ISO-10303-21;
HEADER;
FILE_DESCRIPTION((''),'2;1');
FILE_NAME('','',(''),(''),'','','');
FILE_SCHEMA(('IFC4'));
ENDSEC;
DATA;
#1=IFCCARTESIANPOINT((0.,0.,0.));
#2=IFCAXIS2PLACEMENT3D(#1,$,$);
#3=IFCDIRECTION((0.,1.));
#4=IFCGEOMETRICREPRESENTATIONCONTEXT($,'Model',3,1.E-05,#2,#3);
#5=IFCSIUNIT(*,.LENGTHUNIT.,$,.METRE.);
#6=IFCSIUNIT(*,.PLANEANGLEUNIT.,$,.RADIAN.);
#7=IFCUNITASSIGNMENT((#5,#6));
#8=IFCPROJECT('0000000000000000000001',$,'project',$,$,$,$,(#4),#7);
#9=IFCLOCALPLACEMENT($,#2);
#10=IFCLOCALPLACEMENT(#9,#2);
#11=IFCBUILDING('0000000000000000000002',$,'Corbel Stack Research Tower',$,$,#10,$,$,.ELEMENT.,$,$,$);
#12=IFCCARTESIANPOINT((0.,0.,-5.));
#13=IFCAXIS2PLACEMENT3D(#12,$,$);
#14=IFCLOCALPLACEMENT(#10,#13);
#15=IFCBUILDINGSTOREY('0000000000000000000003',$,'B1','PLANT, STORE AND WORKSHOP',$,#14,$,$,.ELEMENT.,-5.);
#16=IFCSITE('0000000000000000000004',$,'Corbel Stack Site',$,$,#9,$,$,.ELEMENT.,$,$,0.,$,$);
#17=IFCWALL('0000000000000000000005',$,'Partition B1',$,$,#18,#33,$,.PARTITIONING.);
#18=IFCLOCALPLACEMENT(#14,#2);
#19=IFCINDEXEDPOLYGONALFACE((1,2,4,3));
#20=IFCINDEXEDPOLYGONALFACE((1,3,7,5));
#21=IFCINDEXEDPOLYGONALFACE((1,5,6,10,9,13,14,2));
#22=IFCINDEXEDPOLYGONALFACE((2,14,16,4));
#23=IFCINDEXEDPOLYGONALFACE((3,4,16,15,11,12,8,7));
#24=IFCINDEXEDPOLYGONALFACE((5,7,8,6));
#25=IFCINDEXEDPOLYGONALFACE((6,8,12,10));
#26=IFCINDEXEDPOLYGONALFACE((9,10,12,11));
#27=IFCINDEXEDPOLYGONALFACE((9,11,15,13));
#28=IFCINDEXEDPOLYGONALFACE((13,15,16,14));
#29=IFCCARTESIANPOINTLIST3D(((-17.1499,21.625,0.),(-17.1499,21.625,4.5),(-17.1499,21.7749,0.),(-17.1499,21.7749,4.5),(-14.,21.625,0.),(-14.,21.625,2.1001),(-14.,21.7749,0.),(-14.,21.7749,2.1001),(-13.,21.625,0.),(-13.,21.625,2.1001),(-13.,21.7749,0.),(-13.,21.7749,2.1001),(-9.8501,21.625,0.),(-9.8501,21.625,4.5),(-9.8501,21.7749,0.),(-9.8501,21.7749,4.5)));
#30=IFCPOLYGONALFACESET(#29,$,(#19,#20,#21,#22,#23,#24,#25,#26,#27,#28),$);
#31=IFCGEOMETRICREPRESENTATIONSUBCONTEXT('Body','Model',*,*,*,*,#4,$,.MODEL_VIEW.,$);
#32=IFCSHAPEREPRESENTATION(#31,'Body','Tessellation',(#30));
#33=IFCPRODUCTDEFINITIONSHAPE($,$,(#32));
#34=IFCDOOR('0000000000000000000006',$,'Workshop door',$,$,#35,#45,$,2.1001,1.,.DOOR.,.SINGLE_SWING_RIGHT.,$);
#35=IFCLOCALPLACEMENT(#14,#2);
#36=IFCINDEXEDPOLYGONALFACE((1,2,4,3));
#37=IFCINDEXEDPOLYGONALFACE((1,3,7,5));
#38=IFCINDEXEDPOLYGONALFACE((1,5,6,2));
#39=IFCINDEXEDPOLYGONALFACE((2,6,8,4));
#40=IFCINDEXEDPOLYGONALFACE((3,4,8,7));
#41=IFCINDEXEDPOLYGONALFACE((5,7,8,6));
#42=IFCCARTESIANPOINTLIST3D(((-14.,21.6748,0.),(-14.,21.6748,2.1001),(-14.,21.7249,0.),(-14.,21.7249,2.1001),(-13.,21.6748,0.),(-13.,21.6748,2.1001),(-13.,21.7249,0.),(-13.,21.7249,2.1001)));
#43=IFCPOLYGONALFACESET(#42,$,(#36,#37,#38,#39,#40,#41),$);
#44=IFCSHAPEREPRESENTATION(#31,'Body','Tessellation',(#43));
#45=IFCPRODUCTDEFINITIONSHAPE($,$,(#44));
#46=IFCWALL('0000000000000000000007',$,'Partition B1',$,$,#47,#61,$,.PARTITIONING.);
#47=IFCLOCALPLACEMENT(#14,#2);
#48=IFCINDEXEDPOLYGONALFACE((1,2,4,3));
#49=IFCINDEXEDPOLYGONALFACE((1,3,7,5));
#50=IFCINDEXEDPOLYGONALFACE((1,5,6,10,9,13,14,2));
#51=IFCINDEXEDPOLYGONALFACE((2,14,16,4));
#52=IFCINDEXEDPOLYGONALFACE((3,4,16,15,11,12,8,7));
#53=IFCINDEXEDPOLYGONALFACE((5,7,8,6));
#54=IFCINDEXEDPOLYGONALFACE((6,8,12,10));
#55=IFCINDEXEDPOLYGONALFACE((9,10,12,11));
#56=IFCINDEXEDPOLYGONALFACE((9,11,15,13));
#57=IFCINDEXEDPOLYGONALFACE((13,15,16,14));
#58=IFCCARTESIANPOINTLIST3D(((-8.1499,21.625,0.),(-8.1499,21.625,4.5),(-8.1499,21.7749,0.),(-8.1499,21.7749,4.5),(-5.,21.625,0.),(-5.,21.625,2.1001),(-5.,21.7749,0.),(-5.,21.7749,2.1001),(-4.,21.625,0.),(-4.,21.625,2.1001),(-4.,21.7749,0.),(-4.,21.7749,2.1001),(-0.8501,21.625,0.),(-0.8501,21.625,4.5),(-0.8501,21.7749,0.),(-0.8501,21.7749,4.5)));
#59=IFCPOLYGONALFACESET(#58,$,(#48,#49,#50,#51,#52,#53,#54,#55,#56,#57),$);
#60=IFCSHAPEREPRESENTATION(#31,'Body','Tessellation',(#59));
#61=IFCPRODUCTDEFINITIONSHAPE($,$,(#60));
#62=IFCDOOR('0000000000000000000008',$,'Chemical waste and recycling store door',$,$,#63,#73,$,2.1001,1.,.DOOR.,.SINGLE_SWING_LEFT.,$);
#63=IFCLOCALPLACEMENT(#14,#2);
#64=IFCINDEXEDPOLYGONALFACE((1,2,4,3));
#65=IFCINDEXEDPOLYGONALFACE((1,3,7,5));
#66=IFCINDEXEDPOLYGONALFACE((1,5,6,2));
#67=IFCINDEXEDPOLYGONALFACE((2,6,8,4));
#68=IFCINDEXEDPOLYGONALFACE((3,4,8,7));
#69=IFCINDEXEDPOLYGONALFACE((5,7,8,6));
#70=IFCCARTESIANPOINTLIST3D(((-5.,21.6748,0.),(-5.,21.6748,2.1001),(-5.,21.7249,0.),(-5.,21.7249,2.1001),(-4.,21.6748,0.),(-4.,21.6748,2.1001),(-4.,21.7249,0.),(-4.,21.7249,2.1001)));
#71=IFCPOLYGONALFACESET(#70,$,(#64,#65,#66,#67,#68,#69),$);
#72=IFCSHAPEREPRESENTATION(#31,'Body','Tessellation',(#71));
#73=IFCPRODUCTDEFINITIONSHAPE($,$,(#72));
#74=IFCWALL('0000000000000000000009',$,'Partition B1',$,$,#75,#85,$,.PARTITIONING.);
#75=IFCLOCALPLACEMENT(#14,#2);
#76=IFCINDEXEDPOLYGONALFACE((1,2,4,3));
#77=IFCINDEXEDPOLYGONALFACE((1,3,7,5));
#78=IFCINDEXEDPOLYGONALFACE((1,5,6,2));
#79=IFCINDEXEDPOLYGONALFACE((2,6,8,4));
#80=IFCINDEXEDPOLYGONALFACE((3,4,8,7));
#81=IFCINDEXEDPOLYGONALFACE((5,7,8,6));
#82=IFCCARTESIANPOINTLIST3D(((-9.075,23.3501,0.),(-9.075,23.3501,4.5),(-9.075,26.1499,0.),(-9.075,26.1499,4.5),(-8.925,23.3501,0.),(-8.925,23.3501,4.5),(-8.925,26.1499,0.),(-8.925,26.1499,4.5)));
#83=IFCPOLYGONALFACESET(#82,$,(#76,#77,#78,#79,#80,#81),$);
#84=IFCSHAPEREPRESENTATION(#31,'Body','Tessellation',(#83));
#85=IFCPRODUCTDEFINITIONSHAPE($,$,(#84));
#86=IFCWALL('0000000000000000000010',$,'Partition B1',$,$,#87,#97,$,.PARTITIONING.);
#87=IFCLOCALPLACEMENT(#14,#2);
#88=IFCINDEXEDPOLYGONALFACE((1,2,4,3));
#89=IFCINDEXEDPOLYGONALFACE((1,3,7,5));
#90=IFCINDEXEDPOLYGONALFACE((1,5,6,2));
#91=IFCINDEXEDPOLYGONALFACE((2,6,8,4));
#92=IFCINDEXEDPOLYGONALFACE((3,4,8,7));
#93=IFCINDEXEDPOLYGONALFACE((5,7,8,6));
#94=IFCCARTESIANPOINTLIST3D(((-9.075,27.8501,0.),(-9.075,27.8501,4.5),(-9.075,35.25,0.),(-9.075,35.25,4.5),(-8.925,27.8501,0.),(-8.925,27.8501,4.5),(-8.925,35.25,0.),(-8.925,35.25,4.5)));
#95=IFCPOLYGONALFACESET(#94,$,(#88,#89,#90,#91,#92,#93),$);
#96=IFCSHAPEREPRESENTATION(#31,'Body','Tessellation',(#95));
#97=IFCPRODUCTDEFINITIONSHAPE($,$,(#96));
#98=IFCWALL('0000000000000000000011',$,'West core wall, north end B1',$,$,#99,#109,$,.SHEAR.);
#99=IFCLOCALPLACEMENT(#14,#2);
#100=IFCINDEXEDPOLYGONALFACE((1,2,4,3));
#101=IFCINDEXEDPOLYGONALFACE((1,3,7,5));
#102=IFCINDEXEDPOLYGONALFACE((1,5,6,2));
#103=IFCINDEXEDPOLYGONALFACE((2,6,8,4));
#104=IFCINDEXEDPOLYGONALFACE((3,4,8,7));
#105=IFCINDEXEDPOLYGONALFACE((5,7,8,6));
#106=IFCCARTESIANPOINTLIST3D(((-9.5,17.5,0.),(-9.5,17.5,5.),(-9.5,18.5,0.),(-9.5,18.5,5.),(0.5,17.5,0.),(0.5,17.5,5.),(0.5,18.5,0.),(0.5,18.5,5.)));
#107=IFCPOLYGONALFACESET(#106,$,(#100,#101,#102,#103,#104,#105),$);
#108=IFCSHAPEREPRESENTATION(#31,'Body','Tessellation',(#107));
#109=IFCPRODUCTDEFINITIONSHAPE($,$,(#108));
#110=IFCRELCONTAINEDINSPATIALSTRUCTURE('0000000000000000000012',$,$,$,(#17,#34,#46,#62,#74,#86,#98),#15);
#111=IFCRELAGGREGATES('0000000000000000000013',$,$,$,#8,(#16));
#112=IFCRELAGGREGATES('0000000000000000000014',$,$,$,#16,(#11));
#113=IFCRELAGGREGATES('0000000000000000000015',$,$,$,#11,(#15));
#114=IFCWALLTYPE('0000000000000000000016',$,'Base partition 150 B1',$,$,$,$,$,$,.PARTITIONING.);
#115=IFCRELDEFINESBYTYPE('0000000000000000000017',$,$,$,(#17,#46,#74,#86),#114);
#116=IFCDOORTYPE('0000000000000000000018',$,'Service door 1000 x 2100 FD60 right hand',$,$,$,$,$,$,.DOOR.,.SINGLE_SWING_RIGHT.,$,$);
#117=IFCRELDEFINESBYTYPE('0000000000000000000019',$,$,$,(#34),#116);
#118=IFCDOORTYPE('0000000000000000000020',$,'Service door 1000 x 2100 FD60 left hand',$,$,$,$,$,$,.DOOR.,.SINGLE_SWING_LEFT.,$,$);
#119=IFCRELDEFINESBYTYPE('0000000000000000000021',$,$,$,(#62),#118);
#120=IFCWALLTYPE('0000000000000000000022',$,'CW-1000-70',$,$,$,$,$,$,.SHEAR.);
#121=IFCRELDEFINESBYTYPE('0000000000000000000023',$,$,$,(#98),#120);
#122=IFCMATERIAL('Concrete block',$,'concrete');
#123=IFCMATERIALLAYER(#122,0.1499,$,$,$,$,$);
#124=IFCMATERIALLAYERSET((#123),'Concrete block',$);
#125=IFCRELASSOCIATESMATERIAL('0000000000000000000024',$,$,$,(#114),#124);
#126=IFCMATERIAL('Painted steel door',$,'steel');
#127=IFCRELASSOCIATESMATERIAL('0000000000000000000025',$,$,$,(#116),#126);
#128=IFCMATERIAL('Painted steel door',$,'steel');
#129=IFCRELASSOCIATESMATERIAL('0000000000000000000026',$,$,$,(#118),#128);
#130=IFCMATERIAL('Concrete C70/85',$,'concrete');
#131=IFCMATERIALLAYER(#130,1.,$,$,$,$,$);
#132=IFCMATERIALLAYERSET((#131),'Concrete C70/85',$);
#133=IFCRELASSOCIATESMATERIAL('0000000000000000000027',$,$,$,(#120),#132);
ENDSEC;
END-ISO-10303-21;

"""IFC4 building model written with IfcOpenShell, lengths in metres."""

from ifc_helpers import new_model, si_unit, direction, frame, frame_2d, origin, place, context, subcontext, project, spatial, rectangle, extrude, material, layer, layer_set, type_object, element, fill, save


model = new_model("IFC4")

# Units and contexts
model_context = context("Model", 3, precision=1e-05, world=origin(), true_north=direction((0.0, 1.0)))
body_context = subcontext(model_context, "Body", "Model", "MODEL_VIEW")
ifc_project = project(units=[si_unit("LENGTHUNIT", "METRE"), si_unit("PLANEANGLEUNIT", "RADIAN")], contexts=[model_context])

# Site, building, storey
site_placement = place(None, origin())
site = spatial("IfcSite", under=ifc_project, at=site_placement, Name="Corbel Stack Site", CompositionType="ELEMENT", RefElevation=0.0)
building_placement = place(site_placement, origin())
building = spatial("IfcBuilding", under=site, at=building_placement, Name="Corbel Stack Research Tower", CompositionType="ELEMENT")
storey_placement = place(building_placement, frame((0.0, 0.0, -5.0)))
storey = spatial("IfcBuildingStorey", under=building, at=storey_placement, Name="B1", Description="PLANT, STORE AND WORKSHOP", CompositionType="ELEMENT", Elevation=-5.0)

# Shared definitions
ifc_material_1 = material(Name="Concrete block", Category="concrete")
ifc_layer_1 = layer(ifc_material_1, 0.1499)
ifc_layer_set_1 = layer_set([ifc_layer_1], Name="Concrete block")
wall_type_1 = type_object("IfcWallType", Name="Base partition 150 B1", PredefinedType="PARTITIONING", material=ifc_layer_set_1)

# Walls, openings, doors
wall_1_placement = place(storey_placement, frame((-17.1499, 21.7, 0.0), z_axis=(0.0, 0.0, 1.0), x_axis=(1.0, 0.0, 0.0)))
wall_1 = element("IfcWall", 1, at=wall_1_placement, inside=storey, type_object=wall_type_1, Name="Partition B1", PredefinedType="PARTITIONING", context=body_context, shape_type="SweptSolid", body=[
    extrude(rectangle(XDim=7.2998, YDim=0.1499, at=frame_2d((3.6499, 0.0))), origin(), (0.0, 0.0, 1.0), 4.5),
])
opening_1_placement = place(wall_1_placement, frame((3.1499, 0.0, 0.0)))
opening_1 = element("IfcOpeningElement", 2, at=opening_1_placement, cuts=wall_1, PredefinedType="OPENING", context=body_context, shape_type="SweptSolid", body=[
    extrude(rectangle(XDim=1.0, YDim=2.1001, at=frame_2d((0.5, 1.05))), frame((0.0, 0.085, 0.0), z_axis=(0.0, -1.0, 0.0), x_axis=(1.0, 0.0, 0.0)), (0.0, 0.0, 1.0), 0.1699),
])
ifc_material_2 = material(Name="Painted steel door", Category="steel")
door_type_1 = type_object("IfcDoorType", Name="Service door 1000 x 2100 FD60 right hand", OperationType="SINGLE_SWING_RIGHT", PredefinedType="DOOR", material=ifc_material_2)
door_1_placement = place(opening_1_placement, origin())
door_1 = element("IfcDoor", 3, at=door_1_placement, inside=storey, type_object=door_type_1, Name="Workshop door", OperationType="SINGLE_SWING_RIGHT", OverallHeight=2.1001, OverallWidth=1.0, PredefinedType="DOOR", context=body_context, shape_type="SweptSolid", body=[
    extrude(rectangle(XDim=1.0, YDim=2.1001, at=frame_2d((0.5, 1.05))), frame((0.0, 0.0249, 0.0), z_axis=(0.0, -1.0, 0.0), x_axis=(1.0, 0.0, 0.0)), (0.0, 0.0, 1.0), 0.05),
])
fill(opening_1, door_1)
wall_2_placement = place(storey_placement, frame((-8.1499, 21.7, 0.0), z_axis=(0.0, 0.0, 1.0), x_axis=(1.0, 0.0, 0.0)))
wall_2 = element("IfcWall", 4, at=wall_2_placement, inside=storey, type_object=wall_type_1, Name="Partition B1", PredefinedType="PARTITIONING", context=body_context, shape_type="SweptSolid", body=[
    extrude(rectangle(XDim=7.2998, YDim=0.1499, at=frame_2d((3.6499, 0.0))), origin(), (0.0, 0.0, 1.0), 4.5),
])
opening_2_placement = place(wall_2_placement, frame((3.1499, 0.0, 0.0)))
opening_2 = element("IfcOpeningElement", 5, at=opening_2_placement, cuts=wall_2, PredefinedType="OPENING", context=body_context, shape_type="SweptSolid", body=[
    extrude(rectangle(XDim=1.0, YDim=2.1001, at=frame_2d((0.5, 1.05))), frame((0.0, 0.085, 0.0), z_axis=(0.0, -1.0, 0.0), x_axis=(1.0, 0.0, 0.0)), (0.0, 0.0, 1.0), 0.1699),
])
ifc_material_3 = material(Name="Painted steel door", Category="steel")
door_type_2 = type_object("IfcDoorType", Name="Service door 1000 x 2100 FD60 left hand", OperationType="SINGLE_SWING_LEFT", PredefinedType="DOOR", material=ifc_material_3)
door_2_placement = place(opening_2_placement, origin())
door_2 = element("IfcDoor", 6, at=door_2_placement, inside=storey, type_object=door_type_2, Name="Chemical waste and recycling store door", OperationType="SINGLE_SWING_LEFT", OverallHeight=2.1001, OverallWidth=1.0, PredefinedType="DOOR", context=body_context, shape_type="SweptSolid", body=[
    extrude(rectangle(XDim=1.0, YDim=2.1001, at=frame_2d((0.5, 1.05))), frame((0.0, 0.0249, 0.0), z_axis=(0.0, -1.0, 0.0), x_axis=(1.0, 0.0, 0.0)), (0.0, 0.0, 1.0), 0.05),
])
fill(opening_2, door_2)

# Walls
wall_3_placement = place(storey_placement, frame((-9.0, 23.3501, 0.0), z_axis=(0.0, 0.0, 1.0), x_axis=(0.0, 1.0, 0.0)))
element("IfcWall", 7, at=wall_3_placement, inside=storey, type_object=wall_type_1, Name="Partition B1", PredefinedType="PARTITIONING", context=body_context, shape_type="SweptSolid", body=[
    extrude(rectangle(XDim=2.7998, YDim=0.1499, at=frame_2d((1.3999, 0.0))), origin(), (0.0, 0.0, 1.0), 4.5),
])
wall_4_placement = place(storey_placement, frame((-9.0, 27.8501, 0.0), z_axis=(0.0, 0.0, 1.0), x_axis=(0.0, 1.0, 0.0)))
element("IfcWall", 8, at=wall_4_placement, inside=storey, type_object=wall_type_1, Name="Partition B1", PredefinedType="PARTITIONING", context=body_context, shape_type="SweptSolid", body=[
    extrude(rectangle(XDim=7.3999, YDim=0.1499, at=frame_2d((3.7, 0.0))), origin(), (0.0, 0.0, 1.0), 4.5),
])
ifc_material_4 = material(Name="Concrete C70/85", Category="concrete")
ifc_layer_2 = layer(ifc_material_4, 1.0)
ifc_layer_set_2 = layer_set([ifc_layer_2], Name="Concrete C70/85")
wall_type_2 = type_object("IfcWallType", Name="CW-1000-70", PredefinedType="SHEAR", material=ifc_layer_set_2)
wall_5_placement = place(storey_placement, frame((-9.5, 18.0, 0.0), z_axis=(0.0, 0.0, 1.0), x_axis=(1.0, 0.0, 0.0)))
element("IfcWall", 9, at=wall_5_placement, inside=storey, type_object=wall_type_2, Name="West core wall, north end B1", PredefinedType="SHEAR", context=body_context, shape_type="SweptSolid", body=[
    extrude(rectangle(XDim=10.0, YDim=1.0, at=frame_2d((5.0, 0.0))), origin(), (0.0, 0.0, 1.0), 5.0),
])

save(model, "model.ifc")
